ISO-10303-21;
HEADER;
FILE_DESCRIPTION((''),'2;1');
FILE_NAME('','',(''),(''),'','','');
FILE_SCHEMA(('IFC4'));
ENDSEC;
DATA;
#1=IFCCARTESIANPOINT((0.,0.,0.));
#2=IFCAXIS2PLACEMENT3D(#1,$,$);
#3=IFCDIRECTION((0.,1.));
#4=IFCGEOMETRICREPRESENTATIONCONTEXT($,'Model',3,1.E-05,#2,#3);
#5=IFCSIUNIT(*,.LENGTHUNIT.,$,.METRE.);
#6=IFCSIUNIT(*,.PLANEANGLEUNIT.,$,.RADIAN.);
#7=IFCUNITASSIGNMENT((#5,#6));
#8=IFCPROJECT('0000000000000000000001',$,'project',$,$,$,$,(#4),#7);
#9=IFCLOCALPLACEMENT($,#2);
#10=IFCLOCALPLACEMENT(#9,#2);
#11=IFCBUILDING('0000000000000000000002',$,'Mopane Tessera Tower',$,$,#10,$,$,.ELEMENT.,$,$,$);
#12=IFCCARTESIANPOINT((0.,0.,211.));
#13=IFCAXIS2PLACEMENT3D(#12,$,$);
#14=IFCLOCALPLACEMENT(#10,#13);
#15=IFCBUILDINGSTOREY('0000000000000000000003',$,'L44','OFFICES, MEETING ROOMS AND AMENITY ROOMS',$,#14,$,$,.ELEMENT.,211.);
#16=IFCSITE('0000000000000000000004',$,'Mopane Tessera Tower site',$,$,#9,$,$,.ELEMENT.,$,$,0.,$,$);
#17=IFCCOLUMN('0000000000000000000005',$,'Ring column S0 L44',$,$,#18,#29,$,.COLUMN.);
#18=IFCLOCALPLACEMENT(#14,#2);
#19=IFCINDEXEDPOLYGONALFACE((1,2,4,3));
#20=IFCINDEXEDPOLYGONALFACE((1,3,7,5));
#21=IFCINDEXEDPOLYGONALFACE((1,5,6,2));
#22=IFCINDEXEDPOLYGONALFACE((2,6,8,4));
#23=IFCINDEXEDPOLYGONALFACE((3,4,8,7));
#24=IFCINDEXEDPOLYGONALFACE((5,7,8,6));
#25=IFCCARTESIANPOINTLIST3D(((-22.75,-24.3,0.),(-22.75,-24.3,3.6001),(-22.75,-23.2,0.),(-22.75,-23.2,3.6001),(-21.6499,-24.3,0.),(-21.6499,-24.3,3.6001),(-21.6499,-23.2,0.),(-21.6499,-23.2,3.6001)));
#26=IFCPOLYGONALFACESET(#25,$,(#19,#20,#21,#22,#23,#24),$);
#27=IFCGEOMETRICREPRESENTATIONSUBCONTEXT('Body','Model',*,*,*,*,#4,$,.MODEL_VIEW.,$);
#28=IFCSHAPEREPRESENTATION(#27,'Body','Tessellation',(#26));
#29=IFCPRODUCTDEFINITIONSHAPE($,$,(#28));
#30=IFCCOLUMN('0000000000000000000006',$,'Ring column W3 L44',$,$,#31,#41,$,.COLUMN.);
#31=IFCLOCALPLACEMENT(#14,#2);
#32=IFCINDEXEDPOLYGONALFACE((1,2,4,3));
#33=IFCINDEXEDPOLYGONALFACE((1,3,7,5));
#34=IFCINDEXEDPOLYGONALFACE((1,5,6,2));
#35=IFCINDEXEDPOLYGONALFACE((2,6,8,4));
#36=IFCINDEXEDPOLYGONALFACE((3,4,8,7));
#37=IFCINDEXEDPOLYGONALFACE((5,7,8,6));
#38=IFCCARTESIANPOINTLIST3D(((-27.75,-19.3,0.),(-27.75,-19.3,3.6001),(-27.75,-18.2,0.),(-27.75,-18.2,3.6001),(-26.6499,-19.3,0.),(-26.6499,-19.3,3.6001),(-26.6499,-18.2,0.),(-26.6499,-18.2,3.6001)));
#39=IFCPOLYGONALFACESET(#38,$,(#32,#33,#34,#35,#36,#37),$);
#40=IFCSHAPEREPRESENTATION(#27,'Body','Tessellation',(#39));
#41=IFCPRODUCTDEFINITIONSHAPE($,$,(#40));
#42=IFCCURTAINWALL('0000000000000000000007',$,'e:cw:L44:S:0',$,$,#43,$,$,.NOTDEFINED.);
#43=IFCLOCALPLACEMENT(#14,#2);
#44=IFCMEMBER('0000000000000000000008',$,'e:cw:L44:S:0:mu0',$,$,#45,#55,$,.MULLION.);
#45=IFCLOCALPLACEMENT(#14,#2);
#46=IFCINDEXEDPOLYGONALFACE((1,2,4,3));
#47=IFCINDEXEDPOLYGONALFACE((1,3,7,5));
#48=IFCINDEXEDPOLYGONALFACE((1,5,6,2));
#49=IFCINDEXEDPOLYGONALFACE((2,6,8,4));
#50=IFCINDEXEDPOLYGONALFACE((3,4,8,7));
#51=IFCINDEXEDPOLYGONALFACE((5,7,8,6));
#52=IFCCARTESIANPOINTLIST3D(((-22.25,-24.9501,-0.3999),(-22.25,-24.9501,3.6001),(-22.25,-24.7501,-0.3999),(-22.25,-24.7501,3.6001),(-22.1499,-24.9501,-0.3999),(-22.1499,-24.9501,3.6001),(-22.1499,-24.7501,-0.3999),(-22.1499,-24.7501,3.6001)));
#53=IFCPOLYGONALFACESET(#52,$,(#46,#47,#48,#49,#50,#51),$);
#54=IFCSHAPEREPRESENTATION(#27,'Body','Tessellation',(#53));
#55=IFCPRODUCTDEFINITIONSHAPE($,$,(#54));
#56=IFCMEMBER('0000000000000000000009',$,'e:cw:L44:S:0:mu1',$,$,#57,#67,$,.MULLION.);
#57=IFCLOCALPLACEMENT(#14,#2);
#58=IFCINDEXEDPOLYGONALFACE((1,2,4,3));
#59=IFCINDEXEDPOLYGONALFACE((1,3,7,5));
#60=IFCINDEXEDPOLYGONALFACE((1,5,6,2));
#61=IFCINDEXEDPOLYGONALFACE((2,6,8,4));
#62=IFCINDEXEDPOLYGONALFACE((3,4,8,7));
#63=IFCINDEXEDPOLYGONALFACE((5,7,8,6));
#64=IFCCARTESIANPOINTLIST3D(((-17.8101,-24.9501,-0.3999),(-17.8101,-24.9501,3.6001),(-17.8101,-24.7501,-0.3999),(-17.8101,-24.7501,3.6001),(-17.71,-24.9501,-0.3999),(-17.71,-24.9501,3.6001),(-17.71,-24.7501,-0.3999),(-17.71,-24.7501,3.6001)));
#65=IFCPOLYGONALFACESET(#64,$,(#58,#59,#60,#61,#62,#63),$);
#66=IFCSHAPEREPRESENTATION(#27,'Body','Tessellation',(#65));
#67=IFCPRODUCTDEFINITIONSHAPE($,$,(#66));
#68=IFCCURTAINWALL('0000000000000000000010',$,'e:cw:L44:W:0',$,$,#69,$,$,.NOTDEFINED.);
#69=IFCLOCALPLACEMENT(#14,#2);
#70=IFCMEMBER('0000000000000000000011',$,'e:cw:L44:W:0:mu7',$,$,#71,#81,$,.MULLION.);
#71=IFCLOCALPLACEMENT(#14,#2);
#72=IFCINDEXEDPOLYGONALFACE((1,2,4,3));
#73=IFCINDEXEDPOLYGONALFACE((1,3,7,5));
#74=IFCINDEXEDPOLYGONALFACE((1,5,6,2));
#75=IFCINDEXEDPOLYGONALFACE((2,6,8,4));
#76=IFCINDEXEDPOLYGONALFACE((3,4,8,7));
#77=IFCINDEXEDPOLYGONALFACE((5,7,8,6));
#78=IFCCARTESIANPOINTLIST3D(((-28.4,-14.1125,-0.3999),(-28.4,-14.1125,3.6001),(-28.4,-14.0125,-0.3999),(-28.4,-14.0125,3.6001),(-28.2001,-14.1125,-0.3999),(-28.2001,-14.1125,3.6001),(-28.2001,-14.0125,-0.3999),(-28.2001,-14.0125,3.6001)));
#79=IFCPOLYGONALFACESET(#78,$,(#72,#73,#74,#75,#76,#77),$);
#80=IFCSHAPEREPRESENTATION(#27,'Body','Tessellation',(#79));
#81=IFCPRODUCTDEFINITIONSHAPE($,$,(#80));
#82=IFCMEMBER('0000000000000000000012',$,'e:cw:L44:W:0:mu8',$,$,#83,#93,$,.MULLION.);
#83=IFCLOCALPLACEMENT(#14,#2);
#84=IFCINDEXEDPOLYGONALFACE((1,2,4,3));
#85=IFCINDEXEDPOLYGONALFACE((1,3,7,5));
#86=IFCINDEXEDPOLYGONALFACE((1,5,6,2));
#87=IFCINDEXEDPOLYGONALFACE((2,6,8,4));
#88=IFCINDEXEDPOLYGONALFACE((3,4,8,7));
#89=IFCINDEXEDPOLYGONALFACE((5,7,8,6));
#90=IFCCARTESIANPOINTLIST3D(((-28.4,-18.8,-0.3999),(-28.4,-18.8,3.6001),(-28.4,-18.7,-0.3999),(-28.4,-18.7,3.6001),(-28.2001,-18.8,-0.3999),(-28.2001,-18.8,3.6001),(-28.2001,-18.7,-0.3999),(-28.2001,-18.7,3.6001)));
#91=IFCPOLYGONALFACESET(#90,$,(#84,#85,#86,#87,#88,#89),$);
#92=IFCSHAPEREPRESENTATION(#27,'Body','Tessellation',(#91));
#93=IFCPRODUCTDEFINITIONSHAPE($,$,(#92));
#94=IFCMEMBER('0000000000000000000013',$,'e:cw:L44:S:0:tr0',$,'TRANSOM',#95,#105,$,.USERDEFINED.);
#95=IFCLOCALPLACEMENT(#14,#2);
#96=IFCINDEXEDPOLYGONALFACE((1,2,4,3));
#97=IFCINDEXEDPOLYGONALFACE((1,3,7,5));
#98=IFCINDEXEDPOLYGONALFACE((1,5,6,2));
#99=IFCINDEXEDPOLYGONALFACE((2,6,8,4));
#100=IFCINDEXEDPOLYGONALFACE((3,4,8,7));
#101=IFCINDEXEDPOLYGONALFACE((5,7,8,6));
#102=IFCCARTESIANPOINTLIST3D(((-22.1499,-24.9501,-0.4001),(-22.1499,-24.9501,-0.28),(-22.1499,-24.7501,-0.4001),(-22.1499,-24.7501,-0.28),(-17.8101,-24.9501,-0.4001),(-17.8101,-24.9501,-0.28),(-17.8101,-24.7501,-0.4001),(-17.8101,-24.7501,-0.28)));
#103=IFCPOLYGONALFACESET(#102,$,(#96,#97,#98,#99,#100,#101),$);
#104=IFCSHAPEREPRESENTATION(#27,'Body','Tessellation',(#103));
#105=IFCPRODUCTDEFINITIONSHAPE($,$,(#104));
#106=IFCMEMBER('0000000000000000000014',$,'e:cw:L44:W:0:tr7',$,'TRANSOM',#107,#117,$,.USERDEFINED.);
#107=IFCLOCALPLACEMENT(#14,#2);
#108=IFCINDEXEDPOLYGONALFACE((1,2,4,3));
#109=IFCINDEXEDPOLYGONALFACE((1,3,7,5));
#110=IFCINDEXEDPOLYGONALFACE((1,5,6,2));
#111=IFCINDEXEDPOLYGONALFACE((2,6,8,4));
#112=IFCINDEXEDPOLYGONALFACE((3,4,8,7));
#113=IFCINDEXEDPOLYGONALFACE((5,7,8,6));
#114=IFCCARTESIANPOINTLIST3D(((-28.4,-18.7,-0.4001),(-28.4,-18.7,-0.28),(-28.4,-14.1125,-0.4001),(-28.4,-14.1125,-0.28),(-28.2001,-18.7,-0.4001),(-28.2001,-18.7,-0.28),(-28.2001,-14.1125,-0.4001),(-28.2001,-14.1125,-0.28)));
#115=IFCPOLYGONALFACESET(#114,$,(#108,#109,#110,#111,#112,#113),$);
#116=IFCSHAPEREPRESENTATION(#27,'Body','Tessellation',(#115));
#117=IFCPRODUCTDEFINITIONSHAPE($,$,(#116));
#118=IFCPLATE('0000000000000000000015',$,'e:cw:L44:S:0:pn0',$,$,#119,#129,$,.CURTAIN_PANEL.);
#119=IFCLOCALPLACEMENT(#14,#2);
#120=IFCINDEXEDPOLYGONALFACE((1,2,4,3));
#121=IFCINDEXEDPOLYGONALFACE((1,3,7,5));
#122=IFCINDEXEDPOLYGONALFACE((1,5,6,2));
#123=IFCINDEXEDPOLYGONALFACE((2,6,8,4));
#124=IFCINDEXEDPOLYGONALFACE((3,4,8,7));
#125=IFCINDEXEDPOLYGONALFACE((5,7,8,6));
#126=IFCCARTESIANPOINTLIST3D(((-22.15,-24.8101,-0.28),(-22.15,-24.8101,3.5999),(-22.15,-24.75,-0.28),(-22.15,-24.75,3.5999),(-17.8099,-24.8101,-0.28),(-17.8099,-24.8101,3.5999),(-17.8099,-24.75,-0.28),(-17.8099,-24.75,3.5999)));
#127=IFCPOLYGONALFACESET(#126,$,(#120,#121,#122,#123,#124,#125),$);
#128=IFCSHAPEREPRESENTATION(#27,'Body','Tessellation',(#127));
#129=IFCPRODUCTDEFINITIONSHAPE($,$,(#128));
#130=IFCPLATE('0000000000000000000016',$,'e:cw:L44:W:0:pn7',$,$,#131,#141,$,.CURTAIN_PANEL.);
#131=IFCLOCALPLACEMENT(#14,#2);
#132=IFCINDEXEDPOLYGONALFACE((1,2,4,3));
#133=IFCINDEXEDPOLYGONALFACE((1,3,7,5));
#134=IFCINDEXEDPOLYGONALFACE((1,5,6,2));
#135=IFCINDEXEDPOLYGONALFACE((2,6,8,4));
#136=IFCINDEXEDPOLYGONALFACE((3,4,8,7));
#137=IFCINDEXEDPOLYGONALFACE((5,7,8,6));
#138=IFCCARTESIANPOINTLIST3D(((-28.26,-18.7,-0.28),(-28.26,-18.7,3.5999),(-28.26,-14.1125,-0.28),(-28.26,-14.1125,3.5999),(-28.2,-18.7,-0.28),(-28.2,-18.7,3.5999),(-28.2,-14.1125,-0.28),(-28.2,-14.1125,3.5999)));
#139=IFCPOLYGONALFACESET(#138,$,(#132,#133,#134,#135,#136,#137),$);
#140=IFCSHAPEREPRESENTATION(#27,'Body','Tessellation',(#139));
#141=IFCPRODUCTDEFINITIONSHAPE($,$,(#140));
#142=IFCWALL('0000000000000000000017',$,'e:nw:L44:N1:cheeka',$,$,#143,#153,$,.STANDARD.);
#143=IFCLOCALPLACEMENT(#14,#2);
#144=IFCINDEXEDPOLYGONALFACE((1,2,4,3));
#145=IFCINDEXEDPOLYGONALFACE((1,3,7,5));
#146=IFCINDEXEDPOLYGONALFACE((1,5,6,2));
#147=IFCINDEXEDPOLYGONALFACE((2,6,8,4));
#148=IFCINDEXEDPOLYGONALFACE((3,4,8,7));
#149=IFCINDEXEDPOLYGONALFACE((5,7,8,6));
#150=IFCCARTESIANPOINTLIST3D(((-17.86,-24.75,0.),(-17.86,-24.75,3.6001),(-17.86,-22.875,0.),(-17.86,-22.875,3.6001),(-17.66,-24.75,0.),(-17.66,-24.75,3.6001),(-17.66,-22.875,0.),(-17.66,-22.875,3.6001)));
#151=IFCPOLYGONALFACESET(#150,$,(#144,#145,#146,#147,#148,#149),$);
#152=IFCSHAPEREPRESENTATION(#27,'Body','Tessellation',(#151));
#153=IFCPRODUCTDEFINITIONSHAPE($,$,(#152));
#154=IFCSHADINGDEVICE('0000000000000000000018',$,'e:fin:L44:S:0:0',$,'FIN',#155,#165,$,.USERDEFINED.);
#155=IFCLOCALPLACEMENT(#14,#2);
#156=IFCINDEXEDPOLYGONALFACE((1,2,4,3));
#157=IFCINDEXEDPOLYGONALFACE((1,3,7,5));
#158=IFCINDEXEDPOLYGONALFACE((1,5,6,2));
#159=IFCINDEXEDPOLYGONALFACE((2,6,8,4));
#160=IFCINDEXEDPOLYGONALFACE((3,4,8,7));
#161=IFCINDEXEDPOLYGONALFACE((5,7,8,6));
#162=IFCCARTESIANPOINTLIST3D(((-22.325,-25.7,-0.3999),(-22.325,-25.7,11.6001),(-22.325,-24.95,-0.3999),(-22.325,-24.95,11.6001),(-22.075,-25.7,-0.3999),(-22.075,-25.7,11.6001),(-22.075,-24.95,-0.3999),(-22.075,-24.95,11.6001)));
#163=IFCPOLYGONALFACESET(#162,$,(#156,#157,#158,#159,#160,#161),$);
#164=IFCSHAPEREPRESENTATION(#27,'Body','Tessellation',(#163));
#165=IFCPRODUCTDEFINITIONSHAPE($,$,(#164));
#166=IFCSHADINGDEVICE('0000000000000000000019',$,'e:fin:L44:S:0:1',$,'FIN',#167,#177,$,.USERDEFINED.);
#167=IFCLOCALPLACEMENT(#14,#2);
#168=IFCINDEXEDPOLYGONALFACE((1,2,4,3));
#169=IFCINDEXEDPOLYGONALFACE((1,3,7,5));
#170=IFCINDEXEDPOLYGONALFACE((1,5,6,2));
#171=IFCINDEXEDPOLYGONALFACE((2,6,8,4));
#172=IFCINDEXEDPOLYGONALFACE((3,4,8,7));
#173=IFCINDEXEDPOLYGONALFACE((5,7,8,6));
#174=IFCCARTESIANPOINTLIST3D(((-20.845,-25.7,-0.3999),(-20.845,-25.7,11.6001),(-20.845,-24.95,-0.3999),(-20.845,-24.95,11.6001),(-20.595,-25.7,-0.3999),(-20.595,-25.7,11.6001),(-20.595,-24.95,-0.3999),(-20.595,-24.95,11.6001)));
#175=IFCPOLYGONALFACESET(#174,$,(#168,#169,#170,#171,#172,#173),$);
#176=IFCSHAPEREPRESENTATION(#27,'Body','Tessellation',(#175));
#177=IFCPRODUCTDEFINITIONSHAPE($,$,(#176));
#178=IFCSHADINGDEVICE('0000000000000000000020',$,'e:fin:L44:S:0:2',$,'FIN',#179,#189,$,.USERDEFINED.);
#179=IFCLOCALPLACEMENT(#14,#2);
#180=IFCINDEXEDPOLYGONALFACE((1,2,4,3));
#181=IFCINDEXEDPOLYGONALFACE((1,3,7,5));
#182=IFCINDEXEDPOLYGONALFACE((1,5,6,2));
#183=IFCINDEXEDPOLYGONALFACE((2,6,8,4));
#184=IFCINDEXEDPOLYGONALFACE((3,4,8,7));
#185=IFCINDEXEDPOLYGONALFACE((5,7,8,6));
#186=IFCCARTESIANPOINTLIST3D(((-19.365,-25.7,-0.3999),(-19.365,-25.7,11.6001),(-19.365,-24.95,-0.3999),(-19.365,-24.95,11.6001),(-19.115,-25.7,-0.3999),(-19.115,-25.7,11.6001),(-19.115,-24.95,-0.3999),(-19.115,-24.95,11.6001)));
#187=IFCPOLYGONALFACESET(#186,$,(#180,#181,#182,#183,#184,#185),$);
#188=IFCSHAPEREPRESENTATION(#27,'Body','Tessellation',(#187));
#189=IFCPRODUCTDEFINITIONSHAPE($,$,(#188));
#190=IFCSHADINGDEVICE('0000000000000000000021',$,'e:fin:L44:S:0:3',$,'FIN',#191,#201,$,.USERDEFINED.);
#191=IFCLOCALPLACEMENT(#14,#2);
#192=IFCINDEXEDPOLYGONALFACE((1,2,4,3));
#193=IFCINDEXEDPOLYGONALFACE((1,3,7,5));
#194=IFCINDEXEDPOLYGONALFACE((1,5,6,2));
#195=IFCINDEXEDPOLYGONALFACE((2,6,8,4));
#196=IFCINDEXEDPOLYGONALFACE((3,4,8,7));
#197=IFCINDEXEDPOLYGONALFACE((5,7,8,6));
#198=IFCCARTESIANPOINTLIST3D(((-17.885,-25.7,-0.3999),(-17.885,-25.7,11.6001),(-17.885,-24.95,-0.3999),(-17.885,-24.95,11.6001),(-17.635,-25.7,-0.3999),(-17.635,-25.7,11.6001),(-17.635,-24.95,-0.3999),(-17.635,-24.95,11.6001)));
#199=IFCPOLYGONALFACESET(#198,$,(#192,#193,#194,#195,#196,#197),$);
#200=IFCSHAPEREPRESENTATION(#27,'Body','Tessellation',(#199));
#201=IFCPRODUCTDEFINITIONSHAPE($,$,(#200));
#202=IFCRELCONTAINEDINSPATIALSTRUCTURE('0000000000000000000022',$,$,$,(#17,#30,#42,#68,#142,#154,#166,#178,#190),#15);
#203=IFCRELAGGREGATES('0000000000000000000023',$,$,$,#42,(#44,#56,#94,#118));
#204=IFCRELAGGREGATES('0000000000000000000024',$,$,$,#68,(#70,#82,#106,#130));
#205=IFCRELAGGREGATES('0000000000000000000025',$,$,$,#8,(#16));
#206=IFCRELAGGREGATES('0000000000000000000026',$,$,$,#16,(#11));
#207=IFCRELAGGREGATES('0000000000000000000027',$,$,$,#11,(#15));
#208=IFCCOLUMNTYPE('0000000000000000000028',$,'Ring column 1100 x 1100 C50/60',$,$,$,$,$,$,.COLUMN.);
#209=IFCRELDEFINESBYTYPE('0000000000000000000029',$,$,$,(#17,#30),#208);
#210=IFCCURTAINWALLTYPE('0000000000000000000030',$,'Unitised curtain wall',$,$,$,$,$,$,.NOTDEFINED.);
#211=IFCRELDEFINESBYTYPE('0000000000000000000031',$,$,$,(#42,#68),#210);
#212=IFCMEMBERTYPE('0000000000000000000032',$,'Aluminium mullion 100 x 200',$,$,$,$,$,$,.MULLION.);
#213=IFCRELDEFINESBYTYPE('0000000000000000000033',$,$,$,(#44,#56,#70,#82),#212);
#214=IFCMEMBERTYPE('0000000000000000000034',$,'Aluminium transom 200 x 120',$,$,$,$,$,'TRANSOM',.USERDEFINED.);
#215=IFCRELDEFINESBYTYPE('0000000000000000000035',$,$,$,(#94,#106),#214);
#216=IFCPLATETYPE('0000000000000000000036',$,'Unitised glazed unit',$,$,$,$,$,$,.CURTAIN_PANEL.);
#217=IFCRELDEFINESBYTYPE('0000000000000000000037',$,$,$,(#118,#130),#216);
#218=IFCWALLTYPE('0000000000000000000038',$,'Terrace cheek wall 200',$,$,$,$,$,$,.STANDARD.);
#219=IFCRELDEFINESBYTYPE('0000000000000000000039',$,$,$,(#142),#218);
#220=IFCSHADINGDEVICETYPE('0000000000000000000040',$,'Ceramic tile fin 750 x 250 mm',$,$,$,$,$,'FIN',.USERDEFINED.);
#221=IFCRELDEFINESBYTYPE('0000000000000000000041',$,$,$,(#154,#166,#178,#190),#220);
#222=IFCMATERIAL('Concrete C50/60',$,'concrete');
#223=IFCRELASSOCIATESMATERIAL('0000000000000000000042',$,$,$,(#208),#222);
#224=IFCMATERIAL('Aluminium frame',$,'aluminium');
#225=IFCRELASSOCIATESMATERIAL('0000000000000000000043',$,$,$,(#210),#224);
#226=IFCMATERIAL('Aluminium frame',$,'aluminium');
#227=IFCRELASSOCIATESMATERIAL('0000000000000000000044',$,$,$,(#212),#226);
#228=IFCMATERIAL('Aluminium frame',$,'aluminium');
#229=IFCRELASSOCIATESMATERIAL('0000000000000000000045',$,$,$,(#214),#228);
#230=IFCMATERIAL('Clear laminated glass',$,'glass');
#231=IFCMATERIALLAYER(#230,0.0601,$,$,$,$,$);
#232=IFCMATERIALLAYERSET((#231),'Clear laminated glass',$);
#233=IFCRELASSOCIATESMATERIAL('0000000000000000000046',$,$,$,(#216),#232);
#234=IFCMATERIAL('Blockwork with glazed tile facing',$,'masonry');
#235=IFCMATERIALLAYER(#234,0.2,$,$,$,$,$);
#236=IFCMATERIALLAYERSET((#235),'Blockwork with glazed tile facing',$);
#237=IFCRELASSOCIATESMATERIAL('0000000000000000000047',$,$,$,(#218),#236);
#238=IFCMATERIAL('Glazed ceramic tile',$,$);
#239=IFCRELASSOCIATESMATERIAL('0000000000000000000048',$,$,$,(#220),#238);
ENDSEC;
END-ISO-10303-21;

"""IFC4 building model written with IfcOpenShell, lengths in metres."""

from ifc_helpers import new_model, si_unit, direction, frame, frame_2d, origin, origin_2d, place, context, subcontext, project, spatial, rectangle, extrude, material, layer, layer_set, material_profile, profile_set, type_object, element, aggregate, save


model = new_model("IFC4")

# Units and contexts
model_context = context("Model", 3, precision=1e-05, world=origin(), true_north=direction((0.0, 1.0)))
body_context = subcontext(model_context, "Body", "Model", "MODEL_VIEW")
ifc_project = project(units=[si_unit("LENGTHUNIT", "METRE"), si_unit("PLANEANGLEUNIT", "RADIAN")], contexts=[model_context])

# Site, building, storey
site_placement = place(None, origin())
site = spatial("IfcSite", under=ifc_project, at=site_placement, Name="Mopane Tessera Tower site", CompositionType="ELEMENT", RefElevation=0.0)
building_placement = place(site_placement, origin())
building = spatial("IfcBuilding", under=site, at=building_placement, Name="Mopane Tessera Tower", CompositionType="ELEMENT")
storey_placement = place(building_placement, frame((0.0, 0.0, 211.0)))
storey = spatial("IfcBuildingStorey", under=building, at=storey_placement, Name="L44", Description="OFFICES, MEETING ROOMS AND AMENITY ROOMS", CompositionType="ELEMENT", Elevation=211.0)

# Columns
ifc_material_1 = material(Name="Concrete C50/60", Category="concrete")
ifc_material_profile_1 = material_profile(ifc_material_1, rectangle(XDim=1.1001, YDim=1.1001, at=origin_2d()))
ifc_profile_set_1 = profile_set([ifc_material_profile_1], Name="Concrete C50/60")
column_type = type_object("IfcColumnType", Name="Ring column 1100 x 1100 C50/60", PredefinedType="COLUMN", material=ifc_profile_set_1)
for number, where, z_axis, x_axis, name in (
    (1, (-22.2, -23.75, 0.0), (0.0, 0.0, 1.0), (1.0, 0.0, 0.0), "Ring column S0 L44"),
    (2, (-27.2, -18.75, 0.0), (0.0, 0.0, 1.0), (1.0, 0.0, 0.0), "Ring column W3 L44"),
):
    element("IfcColumn", number, at=place(storey_placement, frame(where, z_axis=z_axis, x_axis=x_axis)), inside=storey, type_object=column_type, Name=name, PredefinedType="COLUMN", context=body_context, shape_type="SweptSolid", body=[
        extrude(rectangle(XDim=1.1001, YDim=1.1001, at=origin_2d()), origin(), (0.0, 0.0, 1.0), 3.6001),
    ])

# Curtain walls, members
ifc_material_2 = material(Name="Aluminium frame", Category="aluminium")
curtain_wall_type = type_object("IfcCurtainWallType", Name="Unitised curtain wall", PredefinedType="NOTDEFINED", material=ifc_material_2)
curtain_wall_1_placement = place(storey_placement, origin())
curtain_wall_1 = element("IfcCurtainWall", 3, at=curtain_wall_1_placement, inside=storey, type_object=curtain_wall_type, Name="e:cw:L44:S:0", PredefinedType="NOTDEFINED")
ifc_material_3 = material(Name="Aluminium frame", Category="aluminium")
ifc_material_profile_2 = material_profile(ifc_material_3, rectangle(XDim=0.1001, YDim=0.2, at=origin_2d()))
ifc_profile_set_2 = profile_set([ifc_material_profile_2], Name="Aluminium frame")
member_type_1 = type_object("IfcMemberType", Name="Aluminium mullion 100 x 200", PredefinedType="MULLION", material=ifc_profile_set_2)
member_1_placement = place(storey_placement, frame((-22.2, -24.8501, -0.3999), z_axis=(0.0, 0.0, 1.0), x_axis=(1.0, 0.0, 0.0)))
member_1 = element("IfcMember", 4, at=member_1_placement, type_object=member_type_1, Name="e:cw:L44:S:0:mu0", PredefinedType="MULLION", context=body_context, shape_type="SweptSolid", body=[
    extrude(rectangle(XDim=0.1001, YDim=0.2, at=origin_2d()), origin(), (0.0, 0.0, 1.0), 4.0),
])
member_2_placement = place(storey_placement, frame((-17.76, -24.8501, -0.3999), z_axis=(0.0, 0.0, 1.0), x_axis=(1.0, 0.0, 0.0)))
member_2 = element("IfcMember", 5, at=member_2_placement, type_object=member_type_1, Name="e:cw:L44:S:0:mu1", PredefinedType="MULLION", context=body_context, shape_type="SweptSolid", body=[
    extrude(rectangle(XDim=0.1001, YDim=0.2, at=origin_2d()), origin(), (0.0, 0.0, 1.0), 4.0),
])
curtain_wall_2_placement = place(storey_placement, origin())
curtain_wall_2 = element("IfcCurtainWall", 6, at=curtain_wall_2_placement, inside=storey, type_object=curtain_wall_type, Name="e:cw:L44:W:0", PredefinedType="NOTDEFINED")
member_3_placement = place(storey_placement, frame((-28.3, -14.0625, -0.3999), z_axis=(0.0, 0.0, 1.0), x_axis=(0.0, -1.0, 0.0)))
member_3 = element("IfcMember", 7, at=member_3_placement, type_object=member_type_1, Name="e:cw:L44:W:0:mu7", PredefinedType="MULLION", context=body_context, shape_type="SweptSolid", body=[
    extrude(rectangle(XDim=0.1001, YDim=0.2, at=origin_2d()), origin(), (0.0, 0.0, 1.0), 4.0),
])
member_4_placement = place(storey_placement, frame((-28.3, -18.75, -0.3999), z_axis=(0.0, 0.0, 1.0), x_axis=(0.0, -1.0, 0.0)))
member_4 = element("IfcMember", 8, at=member_4_placement, type_object=member_type_1, Name="e:cw:L44:W:0:mu8", PredefinedType="MULLION", context=body_context, shape_type="SweptSolid", body=[
    extrude(rectangle(XDim=0.1001, YDim=0.2, at=origin_2d()), origin(), (0.0, 0.0, 1.0), 4.0),
])

# Members
ifc_material_4 = material(Name="Aluminium frame", Category="aluminium")
ifc_material_profile_3 = material_profile(ifc_material_4, rectangle(XDim=0.2, YDim=0.1201, at=origin_2d()))
ifc_profile_set_3 = profile_set([ifc_material_profile_3], Name="Aluminium frame")
member_type_2 = type_object("IfcMemberType", Name="Aluminium transom 200 x 120", ElementType="TRANSOM", PredefinedType="USERDEFINED", material=ifc_profile_set_3)
member_5_placement = place(storey_placement, frame((-22.1499, -24.8501, -0.3401), z_axis=(1.0, 0.0, 0.0), x_axis=(0.0, 1.0, 0.0)))
member_5 = element("IfcMember", 9, at=member_5_placement, type_object=member_type_2, Name="e:cw:L44:S:0:tr0", ObjectType="TRANSOM", PredefinedType="USERDEFINED", context=body_context, shape_type="SweptSolid", body=[
    extrude(rectangle(XDim=0.2, YDim=0.1201, at=origin_2d()), origin(), (0.0, 0.0, 1.0), 4.3398),
])
member_6_placement = place(storey_placement, frame((-28.3, -14.1125, -0.3401), z_axis=(0.0, -1.0, 0.0), x_axis=(1.0, 0.0, 0.0)))
member_6 = element("IfcMember", 10, at=member_6_placement, type_object=member_type_2, Name="e:cw:L44:W:0:tr7", ObjectType="TRANSOM", PredefinedType="USERDEFINED", context=body_context, shape_type="SweptSolid", body=[
    extrude(rectangle(XDim=0.2, YDim=0.1201, at=origin_2d()), origin(), (0.0, 0.0, 1.0), 4.5874),
])

# Plates
ifc_material_5 = material(Name="Clear laminated glass", Category="glass")
ifc_layer_1 = layer(ifc_material_5, 0.0601)
ifc_layer_set_1 = layer_set([ifc_layer_1], Name="Clear laminated glass")
plate_type = type_object("IfcPlateType", Name="Unitised glazed unit", PredefinedType="CURTAIN_PANEL", material=ifc_layer_set_1)
plate_1_placement = place(storey_placement, frame((-19.98, -24.78, -0.28), z_axis=(0.0, 0.0, 1.0), x_axis=(1.0, 0.0, 0.0)))
plate_1 = element("IfcPlate", 11, at=plate_1_placement, type_object=plate_type, Name="e:cw:L44:S:0:pn0", PredefinedType="CURTAIN_PANEL", context=body_context, shape_type="SweptSolid", body=[
    extrude(rectangle(XDim=4.3401, YDim=0.0601, at=origin_2d()), origin(), (0.0, 0.0, 1.0), 3.8799),
])
aggregate(curtain_wall_1, [member_1, member_2, member_5, plate_1])
plate_2_placement = place(storey_placement, frame((-28.23, -16.4062, -0.28), z_axis=(0.0, 0.0, 1.0), x_axis=(0.0, -1.0, 0.0)))
plate_2 = element("IfcPlate", 12, at=plate_2_placement, type_object=plate_type, Name="e:cw:L44:W:0:pn7", PredefinedType="CURTAIN_PANEL", context=body_context, shape_type="SweptSolid", body=[
    extrude(rectangle(XDim=4.5874, YDim=0.0601, at=origin_2d()), origin(), (0.0, 0.0, 1.0), 3.8799),
])
aggregate(curtain_wall_2, [member_3, member_4, member_6, plate_2])

# Wall
ifc_material_6 = material(Name="Blockwork with glazed tile facing", Category="masonry")
ifc_layer_2 = layer(ifc_material_6, 0.2)
ifc_layer_set_2 = layer_set([ifc_layer_2], Name="Blockwork with glazed tile facing")
wall_type_1 = type_object("IfcWallType", Name="Terrace cheek wall 200", PredefinedType="STANDARD", material=ifc_layer_set_2)
wall_1_placement = place(storey_placement, frame((-17.76, -24.75, 0.0), z_axis=(0.0, 0.0, 1.0), x_axis=(0.0, 1.0, 0.0)))
element("IfcWall", 13, at=wall_1_placement, inside=storey, type_object=wall_type_1, Name="e:nw:L44:N1:cheeka", PredefinedType="STANDARD", context=body_context, shape_type="SweptSolid", body=[
    extrude(rectangle(XDim=1.875, YDim=0.2, at=frame_2d((0.9375, 0.0))), origin(), (0.0, 0.0, 1.0), 3.6001),
])

# Shading devices
ifc_material_7 = material(Name="Glazed ceramic tile")
shading_device_type = type_object("IfcShadingDeviceType", Name="Ceramic tile fin 750 x 250 mm", ElementType="FIN", PredefinedType="USERDEFINED", material=ifc_material_7)
for number, where, z_axis, x_axis, name in (
    (14, (-22.2, -25.325, -0.3999), (0.0, 0.0, 1.0), (1.0, 0.0, 0.0), "e:fin:L44:S:0:0"),
    (15, (-20.72, -25.325, -0.3999), (0.0, 0.0, 1.0), (1.0, 0.0, 0.0), "e:fin:L44:S:0:1"),
    (16, (-19.24, -25.325, -0.3999), (0.0, 0.0, 1.0), (1.0, 0.0, 0.0), "e:fin:L44:S:0:2"),
    (17, (-17.76, -25.325, -0.3999), (0.0, 0.0, 1.0), (1.0, 0.0, 0.0), "e:fin:L44:S:0:3"),
):
    element("IfcShadingDevice", number, at=place(storey_placement, frame(where, z_axis=z_axis, x_axis=x_axis)), inside=storey, type_object=shading_device_type, Name=name, ObjectType="FIN", PredefinedType="USERDEFINED", context=body_context, shape_type="SweptSolid", body=[
        extrude(rectangle(XDim=0.25, YDim=0.75, at=origin_2d()), origin(), (0.0, 0.0, 1.0), 12.0),
    ])

save(model, "model.ifc")
